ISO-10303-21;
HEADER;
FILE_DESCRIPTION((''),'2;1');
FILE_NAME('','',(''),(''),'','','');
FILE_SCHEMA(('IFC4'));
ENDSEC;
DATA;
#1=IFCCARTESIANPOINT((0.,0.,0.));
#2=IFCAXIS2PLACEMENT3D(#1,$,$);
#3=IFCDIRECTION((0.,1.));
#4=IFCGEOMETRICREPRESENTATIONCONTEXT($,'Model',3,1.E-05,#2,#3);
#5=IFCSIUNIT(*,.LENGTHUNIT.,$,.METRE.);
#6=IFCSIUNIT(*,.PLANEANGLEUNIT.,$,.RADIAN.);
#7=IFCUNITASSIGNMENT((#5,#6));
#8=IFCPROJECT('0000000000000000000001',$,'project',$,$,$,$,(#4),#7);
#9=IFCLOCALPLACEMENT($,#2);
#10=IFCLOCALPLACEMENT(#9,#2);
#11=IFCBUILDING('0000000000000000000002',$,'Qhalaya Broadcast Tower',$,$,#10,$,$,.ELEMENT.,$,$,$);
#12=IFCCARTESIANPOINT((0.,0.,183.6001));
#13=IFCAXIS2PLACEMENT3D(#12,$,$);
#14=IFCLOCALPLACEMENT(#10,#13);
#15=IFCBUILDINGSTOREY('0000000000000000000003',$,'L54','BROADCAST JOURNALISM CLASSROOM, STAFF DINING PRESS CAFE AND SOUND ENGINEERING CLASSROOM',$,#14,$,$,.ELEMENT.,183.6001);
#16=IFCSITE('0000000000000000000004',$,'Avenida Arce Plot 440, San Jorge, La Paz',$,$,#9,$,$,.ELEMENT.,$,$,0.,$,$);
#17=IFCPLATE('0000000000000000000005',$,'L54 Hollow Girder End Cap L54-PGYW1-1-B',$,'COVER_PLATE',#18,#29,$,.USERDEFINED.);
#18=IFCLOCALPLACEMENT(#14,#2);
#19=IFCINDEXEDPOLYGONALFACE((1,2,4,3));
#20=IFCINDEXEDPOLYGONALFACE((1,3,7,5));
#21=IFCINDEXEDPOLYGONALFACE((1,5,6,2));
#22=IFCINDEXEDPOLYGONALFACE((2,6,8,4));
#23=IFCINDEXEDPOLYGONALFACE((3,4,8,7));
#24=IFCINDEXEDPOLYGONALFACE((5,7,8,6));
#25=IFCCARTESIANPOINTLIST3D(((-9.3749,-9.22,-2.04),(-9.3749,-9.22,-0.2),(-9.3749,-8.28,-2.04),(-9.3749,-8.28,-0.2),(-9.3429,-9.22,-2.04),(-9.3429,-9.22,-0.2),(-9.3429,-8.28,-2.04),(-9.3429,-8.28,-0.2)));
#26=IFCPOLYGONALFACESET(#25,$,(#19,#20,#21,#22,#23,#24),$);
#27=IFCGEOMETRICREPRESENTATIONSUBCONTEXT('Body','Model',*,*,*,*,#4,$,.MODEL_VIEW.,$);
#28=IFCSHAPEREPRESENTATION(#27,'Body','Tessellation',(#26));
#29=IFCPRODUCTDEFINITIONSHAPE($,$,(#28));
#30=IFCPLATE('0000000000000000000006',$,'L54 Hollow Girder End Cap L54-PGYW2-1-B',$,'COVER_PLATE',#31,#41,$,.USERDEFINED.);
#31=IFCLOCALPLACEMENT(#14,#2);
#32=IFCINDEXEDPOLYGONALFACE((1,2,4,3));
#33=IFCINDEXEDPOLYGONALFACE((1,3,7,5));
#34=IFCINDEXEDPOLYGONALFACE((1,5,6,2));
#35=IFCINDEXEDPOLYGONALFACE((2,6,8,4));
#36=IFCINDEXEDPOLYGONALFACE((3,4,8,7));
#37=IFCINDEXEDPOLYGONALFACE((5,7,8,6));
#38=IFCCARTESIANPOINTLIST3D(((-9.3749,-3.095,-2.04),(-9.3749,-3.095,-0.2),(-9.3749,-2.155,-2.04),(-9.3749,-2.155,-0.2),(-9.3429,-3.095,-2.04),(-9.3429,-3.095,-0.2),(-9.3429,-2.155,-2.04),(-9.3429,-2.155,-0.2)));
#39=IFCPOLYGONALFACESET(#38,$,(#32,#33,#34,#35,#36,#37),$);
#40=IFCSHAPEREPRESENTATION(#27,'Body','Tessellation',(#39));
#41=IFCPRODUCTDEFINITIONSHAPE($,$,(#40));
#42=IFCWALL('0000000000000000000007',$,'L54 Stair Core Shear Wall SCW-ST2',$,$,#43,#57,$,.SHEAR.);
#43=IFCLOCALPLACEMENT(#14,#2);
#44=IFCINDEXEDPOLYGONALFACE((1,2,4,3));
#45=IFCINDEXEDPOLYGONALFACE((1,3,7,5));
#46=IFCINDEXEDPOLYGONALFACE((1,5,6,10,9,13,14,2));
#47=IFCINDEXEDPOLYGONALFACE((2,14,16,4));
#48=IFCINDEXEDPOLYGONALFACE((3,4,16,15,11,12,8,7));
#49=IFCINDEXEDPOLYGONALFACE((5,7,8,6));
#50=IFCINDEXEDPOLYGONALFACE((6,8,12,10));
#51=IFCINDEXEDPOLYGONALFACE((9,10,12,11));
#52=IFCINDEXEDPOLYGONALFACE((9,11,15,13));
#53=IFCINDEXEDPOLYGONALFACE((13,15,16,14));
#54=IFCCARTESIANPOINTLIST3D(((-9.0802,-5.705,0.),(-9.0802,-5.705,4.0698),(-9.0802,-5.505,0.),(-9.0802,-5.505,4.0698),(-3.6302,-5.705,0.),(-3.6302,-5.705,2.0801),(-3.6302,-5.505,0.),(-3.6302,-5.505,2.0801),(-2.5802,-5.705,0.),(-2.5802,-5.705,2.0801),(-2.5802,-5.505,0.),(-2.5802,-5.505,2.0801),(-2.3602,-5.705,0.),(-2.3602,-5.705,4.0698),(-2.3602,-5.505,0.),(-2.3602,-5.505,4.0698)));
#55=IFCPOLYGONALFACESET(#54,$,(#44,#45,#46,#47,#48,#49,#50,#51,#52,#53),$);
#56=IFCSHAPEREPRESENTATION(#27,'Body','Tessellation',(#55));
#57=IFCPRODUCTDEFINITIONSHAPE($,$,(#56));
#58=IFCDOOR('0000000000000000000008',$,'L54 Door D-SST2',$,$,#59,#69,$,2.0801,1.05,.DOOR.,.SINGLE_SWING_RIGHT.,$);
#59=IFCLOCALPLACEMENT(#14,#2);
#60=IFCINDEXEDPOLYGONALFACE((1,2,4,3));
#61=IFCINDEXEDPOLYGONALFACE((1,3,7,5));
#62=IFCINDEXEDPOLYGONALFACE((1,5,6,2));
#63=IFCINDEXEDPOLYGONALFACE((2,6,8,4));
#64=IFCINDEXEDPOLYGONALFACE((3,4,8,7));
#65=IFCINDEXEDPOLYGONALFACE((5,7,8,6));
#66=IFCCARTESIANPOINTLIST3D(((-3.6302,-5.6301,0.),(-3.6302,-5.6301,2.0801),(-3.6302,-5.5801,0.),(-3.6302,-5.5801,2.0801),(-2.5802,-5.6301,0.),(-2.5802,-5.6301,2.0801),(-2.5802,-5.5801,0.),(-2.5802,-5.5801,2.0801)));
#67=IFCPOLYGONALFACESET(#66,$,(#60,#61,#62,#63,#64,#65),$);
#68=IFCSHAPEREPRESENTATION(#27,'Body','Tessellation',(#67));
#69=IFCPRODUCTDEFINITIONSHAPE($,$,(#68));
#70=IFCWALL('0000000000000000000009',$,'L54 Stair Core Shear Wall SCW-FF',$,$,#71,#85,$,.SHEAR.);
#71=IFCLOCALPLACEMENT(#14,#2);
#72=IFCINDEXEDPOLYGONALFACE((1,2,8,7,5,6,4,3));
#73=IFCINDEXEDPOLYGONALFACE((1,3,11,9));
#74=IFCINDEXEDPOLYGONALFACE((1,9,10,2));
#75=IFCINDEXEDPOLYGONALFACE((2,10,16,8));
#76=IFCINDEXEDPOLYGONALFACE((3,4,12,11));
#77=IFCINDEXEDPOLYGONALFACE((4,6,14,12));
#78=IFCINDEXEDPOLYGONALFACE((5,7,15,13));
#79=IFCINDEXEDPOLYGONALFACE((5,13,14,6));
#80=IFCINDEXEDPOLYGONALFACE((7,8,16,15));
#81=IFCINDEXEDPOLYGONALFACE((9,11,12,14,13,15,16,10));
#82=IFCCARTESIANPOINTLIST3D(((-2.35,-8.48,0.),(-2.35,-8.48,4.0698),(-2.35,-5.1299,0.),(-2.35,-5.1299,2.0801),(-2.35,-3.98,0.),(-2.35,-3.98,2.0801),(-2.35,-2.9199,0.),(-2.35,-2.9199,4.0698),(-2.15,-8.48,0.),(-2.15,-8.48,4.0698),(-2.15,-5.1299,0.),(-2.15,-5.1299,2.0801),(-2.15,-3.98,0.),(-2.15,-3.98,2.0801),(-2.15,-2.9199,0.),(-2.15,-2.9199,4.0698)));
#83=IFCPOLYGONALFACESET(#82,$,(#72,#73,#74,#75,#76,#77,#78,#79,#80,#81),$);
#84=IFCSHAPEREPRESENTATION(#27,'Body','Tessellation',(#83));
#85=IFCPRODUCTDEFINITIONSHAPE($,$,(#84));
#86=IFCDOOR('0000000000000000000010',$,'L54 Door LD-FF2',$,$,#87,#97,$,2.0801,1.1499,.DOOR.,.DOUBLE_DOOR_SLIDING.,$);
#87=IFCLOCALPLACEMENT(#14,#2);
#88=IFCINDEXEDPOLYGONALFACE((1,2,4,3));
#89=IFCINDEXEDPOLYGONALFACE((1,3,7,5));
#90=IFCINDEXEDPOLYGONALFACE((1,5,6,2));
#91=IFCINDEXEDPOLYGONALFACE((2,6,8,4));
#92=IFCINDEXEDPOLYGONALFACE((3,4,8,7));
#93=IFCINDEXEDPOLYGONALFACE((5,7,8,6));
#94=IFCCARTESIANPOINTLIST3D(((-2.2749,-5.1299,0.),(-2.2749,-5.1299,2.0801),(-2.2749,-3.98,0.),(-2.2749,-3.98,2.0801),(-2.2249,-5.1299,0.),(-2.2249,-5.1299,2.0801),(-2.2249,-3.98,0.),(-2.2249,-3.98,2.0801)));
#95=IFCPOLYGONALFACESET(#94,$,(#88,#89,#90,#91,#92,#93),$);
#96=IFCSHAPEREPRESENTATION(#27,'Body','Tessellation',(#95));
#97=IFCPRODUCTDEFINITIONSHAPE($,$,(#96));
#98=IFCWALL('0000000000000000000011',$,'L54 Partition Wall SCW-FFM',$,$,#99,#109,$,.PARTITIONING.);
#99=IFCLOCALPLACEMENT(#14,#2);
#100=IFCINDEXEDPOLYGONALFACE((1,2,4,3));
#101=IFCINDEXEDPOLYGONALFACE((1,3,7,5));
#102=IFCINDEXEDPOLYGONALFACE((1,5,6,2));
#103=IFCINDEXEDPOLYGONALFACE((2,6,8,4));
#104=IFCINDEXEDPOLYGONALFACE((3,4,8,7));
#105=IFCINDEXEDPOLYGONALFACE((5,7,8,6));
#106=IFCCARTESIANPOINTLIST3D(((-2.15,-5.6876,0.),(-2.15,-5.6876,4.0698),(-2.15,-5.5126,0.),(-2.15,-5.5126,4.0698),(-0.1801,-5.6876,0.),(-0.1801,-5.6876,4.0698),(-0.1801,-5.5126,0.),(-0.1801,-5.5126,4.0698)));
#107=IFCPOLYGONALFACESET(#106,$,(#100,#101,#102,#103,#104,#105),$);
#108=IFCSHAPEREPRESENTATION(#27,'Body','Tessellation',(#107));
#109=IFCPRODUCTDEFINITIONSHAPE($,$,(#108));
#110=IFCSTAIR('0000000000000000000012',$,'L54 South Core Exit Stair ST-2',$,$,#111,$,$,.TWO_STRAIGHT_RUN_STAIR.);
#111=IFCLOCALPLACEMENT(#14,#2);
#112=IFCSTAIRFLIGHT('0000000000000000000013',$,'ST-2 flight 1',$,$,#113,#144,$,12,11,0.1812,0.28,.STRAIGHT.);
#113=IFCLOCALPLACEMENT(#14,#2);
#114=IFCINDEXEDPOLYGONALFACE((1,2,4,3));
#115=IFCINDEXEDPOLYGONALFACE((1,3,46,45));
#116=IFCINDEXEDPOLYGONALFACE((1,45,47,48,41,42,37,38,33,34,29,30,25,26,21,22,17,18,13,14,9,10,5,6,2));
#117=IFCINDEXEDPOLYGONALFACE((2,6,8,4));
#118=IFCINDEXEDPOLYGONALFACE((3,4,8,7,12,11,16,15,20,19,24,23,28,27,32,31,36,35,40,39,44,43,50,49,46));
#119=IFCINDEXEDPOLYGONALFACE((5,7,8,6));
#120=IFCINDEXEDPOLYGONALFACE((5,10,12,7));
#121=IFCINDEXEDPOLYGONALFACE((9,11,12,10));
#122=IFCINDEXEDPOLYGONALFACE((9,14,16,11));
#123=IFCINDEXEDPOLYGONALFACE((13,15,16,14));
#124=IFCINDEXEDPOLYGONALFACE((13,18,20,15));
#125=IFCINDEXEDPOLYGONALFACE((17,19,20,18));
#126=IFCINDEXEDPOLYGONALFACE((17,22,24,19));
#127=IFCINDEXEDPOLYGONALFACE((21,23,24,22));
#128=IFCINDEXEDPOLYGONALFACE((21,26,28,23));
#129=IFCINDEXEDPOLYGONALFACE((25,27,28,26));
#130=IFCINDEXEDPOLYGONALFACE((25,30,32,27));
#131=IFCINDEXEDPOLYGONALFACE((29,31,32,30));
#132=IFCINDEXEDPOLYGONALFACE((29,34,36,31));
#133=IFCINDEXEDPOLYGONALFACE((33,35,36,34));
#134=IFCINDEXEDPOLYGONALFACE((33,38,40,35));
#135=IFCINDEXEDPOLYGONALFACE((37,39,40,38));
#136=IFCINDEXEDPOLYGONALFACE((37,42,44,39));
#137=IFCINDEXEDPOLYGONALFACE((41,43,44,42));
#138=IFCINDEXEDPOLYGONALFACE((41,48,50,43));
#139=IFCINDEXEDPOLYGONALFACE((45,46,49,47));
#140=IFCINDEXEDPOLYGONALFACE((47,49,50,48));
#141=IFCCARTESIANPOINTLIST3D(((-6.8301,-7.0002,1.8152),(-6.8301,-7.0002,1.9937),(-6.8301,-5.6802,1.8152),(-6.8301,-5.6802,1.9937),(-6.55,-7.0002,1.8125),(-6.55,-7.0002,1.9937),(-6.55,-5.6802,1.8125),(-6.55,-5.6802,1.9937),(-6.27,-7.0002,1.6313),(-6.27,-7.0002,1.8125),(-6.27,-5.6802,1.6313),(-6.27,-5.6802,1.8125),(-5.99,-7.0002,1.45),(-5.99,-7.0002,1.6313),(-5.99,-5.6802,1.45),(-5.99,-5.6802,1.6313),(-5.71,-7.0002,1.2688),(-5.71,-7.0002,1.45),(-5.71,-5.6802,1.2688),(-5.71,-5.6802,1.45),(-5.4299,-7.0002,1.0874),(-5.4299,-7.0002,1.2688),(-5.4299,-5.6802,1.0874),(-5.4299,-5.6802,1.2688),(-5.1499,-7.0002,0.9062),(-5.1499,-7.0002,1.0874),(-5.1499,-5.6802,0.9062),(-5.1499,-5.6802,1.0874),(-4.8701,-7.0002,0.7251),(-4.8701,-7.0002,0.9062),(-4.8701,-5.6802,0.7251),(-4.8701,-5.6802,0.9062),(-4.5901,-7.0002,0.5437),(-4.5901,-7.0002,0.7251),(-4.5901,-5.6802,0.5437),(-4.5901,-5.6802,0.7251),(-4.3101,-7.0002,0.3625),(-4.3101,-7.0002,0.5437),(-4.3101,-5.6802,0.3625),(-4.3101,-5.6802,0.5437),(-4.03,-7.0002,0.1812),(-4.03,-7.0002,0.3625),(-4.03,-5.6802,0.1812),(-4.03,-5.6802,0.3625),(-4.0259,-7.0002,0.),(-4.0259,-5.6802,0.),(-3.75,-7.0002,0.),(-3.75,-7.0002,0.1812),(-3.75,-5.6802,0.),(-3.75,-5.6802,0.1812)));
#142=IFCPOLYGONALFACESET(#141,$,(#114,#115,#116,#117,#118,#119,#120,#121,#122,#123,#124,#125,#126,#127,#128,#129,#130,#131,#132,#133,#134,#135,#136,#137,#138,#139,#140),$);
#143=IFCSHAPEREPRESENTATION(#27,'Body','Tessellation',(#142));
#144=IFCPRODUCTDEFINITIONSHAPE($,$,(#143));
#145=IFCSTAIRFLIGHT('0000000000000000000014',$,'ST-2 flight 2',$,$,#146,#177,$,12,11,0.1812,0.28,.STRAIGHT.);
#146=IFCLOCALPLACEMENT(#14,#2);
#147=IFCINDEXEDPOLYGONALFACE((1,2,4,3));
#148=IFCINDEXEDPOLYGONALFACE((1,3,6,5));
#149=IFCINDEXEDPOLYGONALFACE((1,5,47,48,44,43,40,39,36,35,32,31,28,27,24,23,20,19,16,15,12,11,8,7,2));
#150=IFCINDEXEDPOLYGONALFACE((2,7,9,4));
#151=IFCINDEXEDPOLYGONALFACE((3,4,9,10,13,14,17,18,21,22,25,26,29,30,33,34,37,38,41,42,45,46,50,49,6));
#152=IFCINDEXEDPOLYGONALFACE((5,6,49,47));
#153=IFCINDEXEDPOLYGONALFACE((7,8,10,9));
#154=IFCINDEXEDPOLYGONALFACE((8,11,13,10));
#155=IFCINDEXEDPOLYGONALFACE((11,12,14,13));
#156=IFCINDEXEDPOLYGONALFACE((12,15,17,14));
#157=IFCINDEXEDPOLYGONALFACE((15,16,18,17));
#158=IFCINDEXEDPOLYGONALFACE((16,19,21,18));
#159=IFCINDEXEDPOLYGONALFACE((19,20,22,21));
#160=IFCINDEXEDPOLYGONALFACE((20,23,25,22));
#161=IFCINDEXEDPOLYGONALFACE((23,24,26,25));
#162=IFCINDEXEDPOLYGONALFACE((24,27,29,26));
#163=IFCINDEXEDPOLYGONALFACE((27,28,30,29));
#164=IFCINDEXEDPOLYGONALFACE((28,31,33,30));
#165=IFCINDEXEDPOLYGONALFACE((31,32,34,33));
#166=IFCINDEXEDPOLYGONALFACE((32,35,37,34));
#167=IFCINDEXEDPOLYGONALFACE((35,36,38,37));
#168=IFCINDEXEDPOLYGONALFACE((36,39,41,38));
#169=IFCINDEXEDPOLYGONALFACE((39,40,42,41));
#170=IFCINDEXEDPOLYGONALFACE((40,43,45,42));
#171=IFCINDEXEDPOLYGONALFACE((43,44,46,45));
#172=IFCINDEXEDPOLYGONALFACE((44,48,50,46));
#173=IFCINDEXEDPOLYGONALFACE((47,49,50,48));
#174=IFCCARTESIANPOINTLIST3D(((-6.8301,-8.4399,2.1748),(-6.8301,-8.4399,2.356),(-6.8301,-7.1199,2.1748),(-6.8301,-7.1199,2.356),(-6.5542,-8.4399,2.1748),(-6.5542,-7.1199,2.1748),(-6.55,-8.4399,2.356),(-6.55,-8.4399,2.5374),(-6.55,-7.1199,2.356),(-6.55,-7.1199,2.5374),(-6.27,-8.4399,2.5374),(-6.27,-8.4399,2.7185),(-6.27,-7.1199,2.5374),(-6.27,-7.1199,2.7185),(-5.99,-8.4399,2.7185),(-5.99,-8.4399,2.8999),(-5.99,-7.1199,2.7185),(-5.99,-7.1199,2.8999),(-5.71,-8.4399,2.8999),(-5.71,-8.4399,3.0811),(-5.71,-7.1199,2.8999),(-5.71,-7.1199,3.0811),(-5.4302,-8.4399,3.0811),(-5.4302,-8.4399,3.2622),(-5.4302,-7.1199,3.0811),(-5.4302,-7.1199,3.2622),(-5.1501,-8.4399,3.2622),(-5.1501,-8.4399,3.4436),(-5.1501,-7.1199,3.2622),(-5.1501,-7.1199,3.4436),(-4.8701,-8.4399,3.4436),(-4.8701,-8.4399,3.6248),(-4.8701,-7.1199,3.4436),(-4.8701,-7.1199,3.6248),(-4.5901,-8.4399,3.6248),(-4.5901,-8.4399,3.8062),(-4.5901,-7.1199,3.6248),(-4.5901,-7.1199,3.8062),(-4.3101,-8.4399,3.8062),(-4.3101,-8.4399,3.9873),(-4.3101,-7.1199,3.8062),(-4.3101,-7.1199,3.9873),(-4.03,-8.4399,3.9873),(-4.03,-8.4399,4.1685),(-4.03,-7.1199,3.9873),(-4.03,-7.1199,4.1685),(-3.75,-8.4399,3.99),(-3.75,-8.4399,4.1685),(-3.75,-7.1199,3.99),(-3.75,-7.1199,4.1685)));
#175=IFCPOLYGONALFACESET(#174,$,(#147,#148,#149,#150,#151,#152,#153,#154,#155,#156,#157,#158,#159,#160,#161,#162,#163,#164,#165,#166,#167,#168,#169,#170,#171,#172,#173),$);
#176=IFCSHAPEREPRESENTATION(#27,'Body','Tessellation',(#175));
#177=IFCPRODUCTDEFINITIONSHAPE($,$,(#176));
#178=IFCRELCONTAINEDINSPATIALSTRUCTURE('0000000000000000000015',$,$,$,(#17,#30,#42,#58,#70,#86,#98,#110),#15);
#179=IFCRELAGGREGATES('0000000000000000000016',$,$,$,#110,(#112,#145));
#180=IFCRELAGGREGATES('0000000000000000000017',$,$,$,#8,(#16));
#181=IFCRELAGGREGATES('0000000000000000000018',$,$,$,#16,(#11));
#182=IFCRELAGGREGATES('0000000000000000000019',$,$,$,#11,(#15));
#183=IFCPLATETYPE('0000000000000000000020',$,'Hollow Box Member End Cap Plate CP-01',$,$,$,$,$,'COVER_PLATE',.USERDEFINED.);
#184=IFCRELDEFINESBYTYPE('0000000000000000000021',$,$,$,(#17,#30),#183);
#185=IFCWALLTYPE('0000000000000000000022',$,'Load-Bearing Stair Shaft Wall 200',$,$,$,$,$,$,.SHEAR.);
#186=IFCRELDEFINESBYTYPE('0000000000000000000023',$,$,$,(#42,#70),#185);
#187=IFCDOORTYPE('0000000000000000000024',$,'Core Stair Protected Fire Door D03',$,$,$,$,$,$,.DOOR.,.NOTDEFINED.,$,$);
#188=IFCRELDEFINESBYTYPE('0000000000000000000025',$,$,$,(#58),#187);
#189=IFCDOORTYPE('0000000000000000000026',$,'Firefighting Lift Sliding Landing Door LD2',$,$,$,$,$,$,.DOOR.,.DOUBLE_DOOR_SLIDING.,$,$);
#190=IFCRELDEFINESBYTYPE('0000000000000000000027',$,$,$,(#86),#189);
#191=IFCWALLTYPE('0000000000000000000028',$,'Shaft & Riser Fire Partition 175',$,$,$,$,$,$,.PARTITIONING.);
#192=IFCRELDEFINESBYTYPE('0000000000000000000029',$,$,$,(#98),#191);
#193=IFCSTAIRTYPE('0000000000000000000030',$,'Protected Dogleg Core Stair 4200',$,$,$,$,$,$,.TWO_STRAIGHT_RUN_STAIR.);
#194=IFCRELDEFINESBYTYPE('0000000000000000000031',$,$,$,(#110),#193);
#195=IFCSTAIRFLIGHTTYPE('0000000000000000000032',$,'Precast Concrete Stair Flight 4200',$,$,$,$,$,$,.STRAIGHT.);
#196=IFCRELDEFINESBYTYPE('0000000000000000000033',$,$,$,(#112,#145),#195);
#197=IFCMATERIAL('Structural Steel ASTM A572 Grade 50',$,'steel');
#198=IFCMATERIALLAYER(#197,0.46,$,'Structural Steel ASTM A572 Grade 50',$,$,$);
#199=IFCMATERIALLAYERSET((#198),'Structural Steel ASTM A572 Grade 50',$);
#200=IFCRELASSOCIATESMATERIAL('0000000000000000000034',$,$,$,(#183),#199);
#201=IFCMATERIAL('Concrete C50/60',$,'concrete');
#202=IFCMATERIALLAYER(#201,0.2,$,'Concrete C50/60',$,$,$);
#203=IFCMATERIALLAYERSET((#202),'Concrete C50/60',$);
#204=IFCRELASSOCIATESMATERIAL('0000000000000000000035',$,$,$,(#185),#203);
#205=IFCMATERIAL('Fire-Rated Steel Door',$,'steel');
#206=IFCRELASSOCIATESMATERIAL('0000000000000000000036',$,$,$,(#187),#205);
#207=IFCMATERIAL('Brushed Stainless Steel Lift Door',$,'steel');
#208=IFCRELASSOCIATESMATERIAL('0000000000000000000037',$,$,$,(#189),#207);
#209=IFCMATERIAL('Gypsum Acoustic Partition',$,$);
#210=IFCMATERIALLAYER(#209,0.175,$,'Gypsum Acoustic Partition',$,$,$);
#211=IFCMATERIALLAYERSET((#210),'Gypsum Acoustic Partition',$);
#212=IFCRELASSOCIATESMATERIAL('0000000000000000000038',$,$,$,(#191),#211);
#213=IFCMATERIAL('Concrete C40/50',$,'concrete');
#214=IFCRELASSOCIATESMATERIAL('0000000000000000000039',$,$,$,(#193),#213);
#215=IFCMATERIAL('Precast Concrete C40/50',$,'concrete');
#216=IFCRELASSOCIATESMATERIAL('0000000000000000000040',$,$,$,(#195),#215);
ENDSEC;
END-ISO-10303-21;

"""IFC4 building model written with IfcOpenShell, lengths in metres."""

from ifc_helpers import new_model, si_unit, direction, frame, frame_2d, origin, origin_2d, place, context, subcontext, project, spatial, polyline, rectangle, outline, extrude, material, layer, layer_set, type_object, element, fill, aggregate, save


model = new_model("IFC4")

# Units and contexts
model_context = context("Model", 3, precision=1e-05, world=origin(), true_north=direction((0.0, 1.0)))
body_context = subcontext(model_context, "Body", "Model", "MODEL_VIEW")
ifc_project = project(units=[si_unit("LENGTHUNIT", "METRE"), si_unit("PLANEANGLEUNIT", "RADIAN")], contexts=[model_context])

# Site, building, storey
site_placement = place(None, origin())
site = spatial("IfcSite", under=ifc_project, at=site_placement, Name="Avenida Arce Plot 440, San Jorge, La Paz", CompositionType="ELEMENT", RefElevation=0.0)
building_placement = place(site_placement, origin())
building = spatial("IfcBuilding", under=site, at=building_placement, Name="Qhalaya Broadcast Tower", CompositionType="ELEMENT")
storey_placement = place(building_placement, frame((0.0, 0.0, 183.6001)))
storey = spatial("IfcBuildingStorey", under=building, at=storey_placement, Name="L54", Description="BROADCAST JOURNALISM CLASSROOM, STAFF DINING PRESS CAFE AND SOUND ENGINEERING CLASSROOM", CompositionType="ELEMENT", Elevation=183.6001)

# Shared definitions
ifc_material_1 = material(Name="Concrete C50/60", Category="concrete")

# Plates
ifc_material_2 = material(Name="Structural Steel ASTM A572 Grade 50", Category="steel")
ifc_layer_1 = layer(ifc_material_2, 0.46, Name="Structural Steel ASTM A572 Grade 50")
ifc_layer_set_1 = layer_set([ifc_layer_1], Name="Structural Steel ASTM A572 Grade 50")
plate_type = type_object("IfcPlateType", Name="Hollow Box Member End Cap Plate CP-01", ElementType="COVER_PLATE", PredefinedType="USERDEFINED", material=ifc_layer_set_1)
for number, where, z_axis, x_axis, name in (
    (1, (-9.3589, -8.75, -2.04), (0.0, 0.0, 1.0), (0.0, 1.0, 0.0), "L54 Hollow Girder End Cap L54-PGYW1-1-B"),
    (2, (-9.3589, -2.625, -2.04), (0.0, 0.0, 1.0), (0.0, 1.0, 0.0), "L54 Hollow Girder End Cap L54-PGYW2-1-B"),
):
    element("IfcPlate", number, at=place(storey_placement, frame(where, z_axis=z_axis, x_axis=x_axis)), inside=storey, type_object=plate_type, Name=name, ObjectType="COVER_PLATE", PredefinedType="USERDEFINED", context=body_context, shape_type="SweptSolid", body=[
        extrude(rectangle(XDim=0.9399, YDim=0.032, at=origin_2d()), origin(), (0.0, 0.0, 1.0), 1.8401),
    ])

# Walls, openings, doors
ifc_layer_2 = layer(ifc_material_1, 0.2, Name="Concrete C50/60")
ifc_layer_set_2 = layer_set([ifc_layer_2], Name="Concrete C50/60")
wall_type_1 = type_object("IfcWallType", Name="Load-Bearing Stair Shaft Wall 200", PredefinedType="SHEAR", material=ifc_layer_set_2)
wall_1_placement = place(storey_placement, frame((-9.0801, -5.605, 0.0), z_axis=(0.0, 0.0, 1.0), x_axis=(1.0, 0.0, 0.0)))
wall_1 = element("IfcWall", 3, at=wall_1_placement, inside=storey, type_object=wall_type_1, Name="L54 Stair Core Shear Wall SCW-ST2", PredefinedType="SHEAR", context=body_context, shape_type="SweptSolid", body=[
    extrude(rectangle(XDim=6.72, YDim=0.2, at=frame_2d((3.3599, 0.0))), origin(), (0.0, 0.0, 1.0), 4.0698),
])
opening_1_placement = place(wall_1_placement, frame((5.45, 0.0, 0.0)))
opening_1 = element("IfcOpeningElement", 4, at=opening_1_placement, cuts=wall_1, PredefinedType="OPENING", context=body_context, shape_type="SweptSolid", body=[
    extrude(rectangle(XDim=1.05, YDim=2.0801, at=frame_2d((0.5249, 1.04))), frame((0.0, 0.1121, 0.0), z_axis=(0.0, -1.0, 0.0), x_axis=(1.0, 0.0, 0.0)), (0.0, 0.0, 1.0), 0.2239),
])
ifc_material_3 = material(Name="Fire-Rated Steel Door", Category="steel")
door_type_1 = type_object("IfcDoorType", Name="Core Stair Protected Fire Door D03", OperationType="NOTDEFINED", PredefinedType="DOOR", material=ifc_material_3)
door_1_placement = place(opening_1_placement, origin())
door_1 = element("IfcDoor", 5, at=door_1_placement, inside=storey, type_object=door_type_1, Name="L54 Door D-SST2", OperationType="SINGLE_SWING_RIGHT", OverallHeight=2.0801, OverallWidth=1.05, PredefinedType="DOOR", context=body_context, shape_type="SweptSolid", body=[
    extrude(rectangle(XDim=1.05, YDim=2.0801, at=frame_2d((0.5249, 1.04))), frame((0.0, 0.0249, 0.0), z_axis=(0.0, -1.0, 0.0), x_axis=(1.0, 0.0, 0.0)), (0.0, 0.0, 1.0), 0.05),
])
fill(opening_1, door_1)
wall_2_placement = place(storey_placement, frame((-2.25, -8.48, 0.0), z_axis=(0.0, 0.0, 1.0), x_axis=(0.0, 1.0, 0.0)))
wall_2 = element("IfcWall", 6, at=wall_2_placement, inside=storey, type_object=wall_type_1, Name="L54 Stair Core Shear Wall SCW-FF", PredefinedType="SHEAR", context=body_context, shape_type="SweptSolid", body=[
    extrude(rectangle(XDim=5.5601, YDim=0.2, at=frame_2d((2.78, 0.0))), origin(), (0.0, 0.0, 1.0), 4.0698),
])
opening_2_placement = place(wall_2_placement, frame((3.3501, 0.0, 0.0)))
opening_2 = element("IfcOpeningElement", 7, at=opening_2_placement, cuts=wall_2, PredefinedType="OPENING", context=body_context, shape_type="SweptSolid", body=[
    extrude(rectangle(XDim=1.1499, YDim=2.0801, at=frame_2d((0.575, 1.04))), frame((0.0, 0.1121, 0.0), z_axis=(0.0, -1.0, 0.0), x_axis=(1.0, 0.0, 0.0)), (0.0, 0.0, 1.0), 0.2239),
])
ifc_material_4 = material(Name="Brushed Stainless Steel Lift Door", Category="steel")
door_type_2 = type_object("IfcDoorType", Name="Firefighting Lift Sliding Landing Door LD2", OperationType="DOUBLE_DOOR_SLIDING", PredefinedType="DOOR", material=ifc_material_4)
door_2_placement = place(opening_2_placement, origin())
door_2 = element("IfcDoor", 8, at=door_2_placement, inside=storey, type_object=door_type_2, Name="L54 Door LD-FF2", OperationType="DOUBLE_DOOR_SLIDING", OverallHeight=2.0801, OverallWidth=1.1499, PredefinedType="DOOR", context=body_context, shape_type="SweptSolid", body=[
    extrude(rectangle(XDim=1.1499, YDim=2.0801, at=frame_2d((0.575, 1.04))), frame((0.0, 0.0249, 0.0), z_axis=(0.0, -1.0, 0.0), x_axis=(1.0, 0.0, 0.0)), (0.0, 0.0, 1.0), 0.05),
])
fill(opening_2, door_2)

# Wall
ifc_material_5 = material(Name="Gypsum Acoustic Partition")
ifc_layer_3 = layer(ifc_material_5, 0.175, Name="Gypsum Acoustic Partition")
ifc_layer_set_3 = layer_set([ifc_layer_3], Name="Gypsum Acoustic Partition")
wall_type_2 = type_object("IfcWallType", Name="Shaft & Riser Fire Partition 175", PredefinedType="PARTITIONING", material=ifc_layer_set_3)
wall_3_placement = place(storey_placement, frame((-2.1499, -5.6001, 0.0), z_axis=(0.0, 0.0, 1.0), x_axis=(1.0, 0.0, 0.0)))
element("IfcWall", 9, at=wall_3_placement, inside=storey, type_object=wall_type_2, Name="L54 Partition Wall SCW-FFM", PredefinedType="PARTITIONING", context=body_context, shape_type="SweptSolid", body=[
    extrude(rectangle(XDim=1.97, YDim=0.175, at=frame_2d((0.9849, 0.0))), origin(), (0.0, 0.0, 1.0), 4.0698),
])

# Stair, stair flights
ifc_material_6 = material(Name="Concrete C40/50", Category="concrete")
stair_type = type_object("IfcStairType", Name="Protected Dogleg Core Stair 4200", PredefinedType="TWO_STRAIGHT_RUN_STAIR", material=ifc_material_6)
stair_placement = place(storey_placement, origin())
stair = element("IfcStair", 10, at=stair_placement, inside=storey, type_object=stair_type, Name="L54 South Core Exit Stair ST-2", PredefinedType="TWO_STRAIGHT_RUN_STAIR")
ifc_material_7 = material(Name="Precast Concrete C40/50", Category="concrete")
stair_flight_type = type_object("IfcStairFlightType", Name="Precast Concrete Stair Flight 4200", PredefinedType="STRAIGHT", material=ifc_material_7)
stair_flight_1_placement = place(storey_placement, frame((-3.75, -6.3401, 0.0), z_axis=(0.0, 0.0, 1.0), x_axis=(-1.0, 0.0, 0.0)))
stair_flight_1 = element("IfcStairFlight", 11, at=stair_flight_1_placement, type_object=stair_flight_type, Name="ST-2 flight 1", NumberOfRisers=12, NumberOfTreads=11, PredefinedType="STRAIGHT", RiserHeight=0.1812, TreadLength=0.28, context=body_context, shape_type="SweptSolid", body=[
    extrude(outline(polyline([(0.0, 0.0), (0.0, 0.1812), (0.28, 0.1812), (0.28, 0.3625), (0.5601, 0.3625), (0.5601, 0.5437), (0.8401, 0.5437), (0.8401, 0.7251), (1.1201, 0.7251), (1.1201, 0.9062), (1.3999, 0.9062), (1.3999, 1.0874), (1.6799, 1.0874), (1.6799, 1.2688), (1.96, 1.2688), (1.96, 1.45), (2.24, 1.45), (2.24, 1.6313), (2.52, 1.6313), (2.52, 1.8125), (2.8, 1.8125), (2.8, 1.9937), (3.0801, 1.9937), (3.0801, 2.175), (3.0801, 1.8152), (0.2759, 0.0), (0.0, 0.0)])), frame((0.0, 0.6602, 0.0), z_axis=(0.0, -1.0, 0.0), x_axis=(1.0, 0.0, 0.0)), (0.0, 0.0, 1.0), 1.3201),
])
stair_flight_2_placement = place(storey_placement, frame((-6.8301, -7.78, 2.1748), z_axis=(0.0, 0.0, 1.0), x_axis=(1.0, 0.0, 0.0)))
stair_flight_2 = element("IfcStairFlight", 12, at=stair_flight_2_placement, type_object=stair_flight_type, Name="ST-2 flight 2", NumberOfRisers=12, NumberOfTreads=11, PredefinedType="STRAIGHT", RiserHeight=0.1812, TreadLength=0.28, context=body_context, shape_type="SweptSolid", body=[
    extrude(outline(polyline([(0.0, 0.0), (0.0, 0.1812), (0.28, 0.1812), (0.28, 0.3625), (0.5601, 0.3625), (0.5601, 0.5437), (0.8401, 0.5437), (0.8401, 0.7251), (1.1201, 0.7251), (1.1201, 0.9062), (1.3999, 0.9062), (1.3999, 1.0874), (1.6799, 1.0874), (1.6799, 1.2688), (1.96, 1.2688), (1.96, 1.45), (2.24, 1.45), (2.24, 1.6313), (2.52, 1.6313), (2.52, 1.8125), (2.8, 1.8125), (2.8, 1.9937), (3.0801, 1.9937), (3.0801, 2.175), (3.0801, 1.8152), (0.2759, 0.0), (0.0, 0.0)])), frame((0.0, 0.6602, 0.0), z_axis=(0.0, -1.0, 0.0), x_axis=(1.0, 0.0, 0.0)), (0.0, 0.0, 1.0), 1.3201),
])
aggregate(stair, [stair_flight_1, stair_flight_2])

save(model, "model.ifc")
